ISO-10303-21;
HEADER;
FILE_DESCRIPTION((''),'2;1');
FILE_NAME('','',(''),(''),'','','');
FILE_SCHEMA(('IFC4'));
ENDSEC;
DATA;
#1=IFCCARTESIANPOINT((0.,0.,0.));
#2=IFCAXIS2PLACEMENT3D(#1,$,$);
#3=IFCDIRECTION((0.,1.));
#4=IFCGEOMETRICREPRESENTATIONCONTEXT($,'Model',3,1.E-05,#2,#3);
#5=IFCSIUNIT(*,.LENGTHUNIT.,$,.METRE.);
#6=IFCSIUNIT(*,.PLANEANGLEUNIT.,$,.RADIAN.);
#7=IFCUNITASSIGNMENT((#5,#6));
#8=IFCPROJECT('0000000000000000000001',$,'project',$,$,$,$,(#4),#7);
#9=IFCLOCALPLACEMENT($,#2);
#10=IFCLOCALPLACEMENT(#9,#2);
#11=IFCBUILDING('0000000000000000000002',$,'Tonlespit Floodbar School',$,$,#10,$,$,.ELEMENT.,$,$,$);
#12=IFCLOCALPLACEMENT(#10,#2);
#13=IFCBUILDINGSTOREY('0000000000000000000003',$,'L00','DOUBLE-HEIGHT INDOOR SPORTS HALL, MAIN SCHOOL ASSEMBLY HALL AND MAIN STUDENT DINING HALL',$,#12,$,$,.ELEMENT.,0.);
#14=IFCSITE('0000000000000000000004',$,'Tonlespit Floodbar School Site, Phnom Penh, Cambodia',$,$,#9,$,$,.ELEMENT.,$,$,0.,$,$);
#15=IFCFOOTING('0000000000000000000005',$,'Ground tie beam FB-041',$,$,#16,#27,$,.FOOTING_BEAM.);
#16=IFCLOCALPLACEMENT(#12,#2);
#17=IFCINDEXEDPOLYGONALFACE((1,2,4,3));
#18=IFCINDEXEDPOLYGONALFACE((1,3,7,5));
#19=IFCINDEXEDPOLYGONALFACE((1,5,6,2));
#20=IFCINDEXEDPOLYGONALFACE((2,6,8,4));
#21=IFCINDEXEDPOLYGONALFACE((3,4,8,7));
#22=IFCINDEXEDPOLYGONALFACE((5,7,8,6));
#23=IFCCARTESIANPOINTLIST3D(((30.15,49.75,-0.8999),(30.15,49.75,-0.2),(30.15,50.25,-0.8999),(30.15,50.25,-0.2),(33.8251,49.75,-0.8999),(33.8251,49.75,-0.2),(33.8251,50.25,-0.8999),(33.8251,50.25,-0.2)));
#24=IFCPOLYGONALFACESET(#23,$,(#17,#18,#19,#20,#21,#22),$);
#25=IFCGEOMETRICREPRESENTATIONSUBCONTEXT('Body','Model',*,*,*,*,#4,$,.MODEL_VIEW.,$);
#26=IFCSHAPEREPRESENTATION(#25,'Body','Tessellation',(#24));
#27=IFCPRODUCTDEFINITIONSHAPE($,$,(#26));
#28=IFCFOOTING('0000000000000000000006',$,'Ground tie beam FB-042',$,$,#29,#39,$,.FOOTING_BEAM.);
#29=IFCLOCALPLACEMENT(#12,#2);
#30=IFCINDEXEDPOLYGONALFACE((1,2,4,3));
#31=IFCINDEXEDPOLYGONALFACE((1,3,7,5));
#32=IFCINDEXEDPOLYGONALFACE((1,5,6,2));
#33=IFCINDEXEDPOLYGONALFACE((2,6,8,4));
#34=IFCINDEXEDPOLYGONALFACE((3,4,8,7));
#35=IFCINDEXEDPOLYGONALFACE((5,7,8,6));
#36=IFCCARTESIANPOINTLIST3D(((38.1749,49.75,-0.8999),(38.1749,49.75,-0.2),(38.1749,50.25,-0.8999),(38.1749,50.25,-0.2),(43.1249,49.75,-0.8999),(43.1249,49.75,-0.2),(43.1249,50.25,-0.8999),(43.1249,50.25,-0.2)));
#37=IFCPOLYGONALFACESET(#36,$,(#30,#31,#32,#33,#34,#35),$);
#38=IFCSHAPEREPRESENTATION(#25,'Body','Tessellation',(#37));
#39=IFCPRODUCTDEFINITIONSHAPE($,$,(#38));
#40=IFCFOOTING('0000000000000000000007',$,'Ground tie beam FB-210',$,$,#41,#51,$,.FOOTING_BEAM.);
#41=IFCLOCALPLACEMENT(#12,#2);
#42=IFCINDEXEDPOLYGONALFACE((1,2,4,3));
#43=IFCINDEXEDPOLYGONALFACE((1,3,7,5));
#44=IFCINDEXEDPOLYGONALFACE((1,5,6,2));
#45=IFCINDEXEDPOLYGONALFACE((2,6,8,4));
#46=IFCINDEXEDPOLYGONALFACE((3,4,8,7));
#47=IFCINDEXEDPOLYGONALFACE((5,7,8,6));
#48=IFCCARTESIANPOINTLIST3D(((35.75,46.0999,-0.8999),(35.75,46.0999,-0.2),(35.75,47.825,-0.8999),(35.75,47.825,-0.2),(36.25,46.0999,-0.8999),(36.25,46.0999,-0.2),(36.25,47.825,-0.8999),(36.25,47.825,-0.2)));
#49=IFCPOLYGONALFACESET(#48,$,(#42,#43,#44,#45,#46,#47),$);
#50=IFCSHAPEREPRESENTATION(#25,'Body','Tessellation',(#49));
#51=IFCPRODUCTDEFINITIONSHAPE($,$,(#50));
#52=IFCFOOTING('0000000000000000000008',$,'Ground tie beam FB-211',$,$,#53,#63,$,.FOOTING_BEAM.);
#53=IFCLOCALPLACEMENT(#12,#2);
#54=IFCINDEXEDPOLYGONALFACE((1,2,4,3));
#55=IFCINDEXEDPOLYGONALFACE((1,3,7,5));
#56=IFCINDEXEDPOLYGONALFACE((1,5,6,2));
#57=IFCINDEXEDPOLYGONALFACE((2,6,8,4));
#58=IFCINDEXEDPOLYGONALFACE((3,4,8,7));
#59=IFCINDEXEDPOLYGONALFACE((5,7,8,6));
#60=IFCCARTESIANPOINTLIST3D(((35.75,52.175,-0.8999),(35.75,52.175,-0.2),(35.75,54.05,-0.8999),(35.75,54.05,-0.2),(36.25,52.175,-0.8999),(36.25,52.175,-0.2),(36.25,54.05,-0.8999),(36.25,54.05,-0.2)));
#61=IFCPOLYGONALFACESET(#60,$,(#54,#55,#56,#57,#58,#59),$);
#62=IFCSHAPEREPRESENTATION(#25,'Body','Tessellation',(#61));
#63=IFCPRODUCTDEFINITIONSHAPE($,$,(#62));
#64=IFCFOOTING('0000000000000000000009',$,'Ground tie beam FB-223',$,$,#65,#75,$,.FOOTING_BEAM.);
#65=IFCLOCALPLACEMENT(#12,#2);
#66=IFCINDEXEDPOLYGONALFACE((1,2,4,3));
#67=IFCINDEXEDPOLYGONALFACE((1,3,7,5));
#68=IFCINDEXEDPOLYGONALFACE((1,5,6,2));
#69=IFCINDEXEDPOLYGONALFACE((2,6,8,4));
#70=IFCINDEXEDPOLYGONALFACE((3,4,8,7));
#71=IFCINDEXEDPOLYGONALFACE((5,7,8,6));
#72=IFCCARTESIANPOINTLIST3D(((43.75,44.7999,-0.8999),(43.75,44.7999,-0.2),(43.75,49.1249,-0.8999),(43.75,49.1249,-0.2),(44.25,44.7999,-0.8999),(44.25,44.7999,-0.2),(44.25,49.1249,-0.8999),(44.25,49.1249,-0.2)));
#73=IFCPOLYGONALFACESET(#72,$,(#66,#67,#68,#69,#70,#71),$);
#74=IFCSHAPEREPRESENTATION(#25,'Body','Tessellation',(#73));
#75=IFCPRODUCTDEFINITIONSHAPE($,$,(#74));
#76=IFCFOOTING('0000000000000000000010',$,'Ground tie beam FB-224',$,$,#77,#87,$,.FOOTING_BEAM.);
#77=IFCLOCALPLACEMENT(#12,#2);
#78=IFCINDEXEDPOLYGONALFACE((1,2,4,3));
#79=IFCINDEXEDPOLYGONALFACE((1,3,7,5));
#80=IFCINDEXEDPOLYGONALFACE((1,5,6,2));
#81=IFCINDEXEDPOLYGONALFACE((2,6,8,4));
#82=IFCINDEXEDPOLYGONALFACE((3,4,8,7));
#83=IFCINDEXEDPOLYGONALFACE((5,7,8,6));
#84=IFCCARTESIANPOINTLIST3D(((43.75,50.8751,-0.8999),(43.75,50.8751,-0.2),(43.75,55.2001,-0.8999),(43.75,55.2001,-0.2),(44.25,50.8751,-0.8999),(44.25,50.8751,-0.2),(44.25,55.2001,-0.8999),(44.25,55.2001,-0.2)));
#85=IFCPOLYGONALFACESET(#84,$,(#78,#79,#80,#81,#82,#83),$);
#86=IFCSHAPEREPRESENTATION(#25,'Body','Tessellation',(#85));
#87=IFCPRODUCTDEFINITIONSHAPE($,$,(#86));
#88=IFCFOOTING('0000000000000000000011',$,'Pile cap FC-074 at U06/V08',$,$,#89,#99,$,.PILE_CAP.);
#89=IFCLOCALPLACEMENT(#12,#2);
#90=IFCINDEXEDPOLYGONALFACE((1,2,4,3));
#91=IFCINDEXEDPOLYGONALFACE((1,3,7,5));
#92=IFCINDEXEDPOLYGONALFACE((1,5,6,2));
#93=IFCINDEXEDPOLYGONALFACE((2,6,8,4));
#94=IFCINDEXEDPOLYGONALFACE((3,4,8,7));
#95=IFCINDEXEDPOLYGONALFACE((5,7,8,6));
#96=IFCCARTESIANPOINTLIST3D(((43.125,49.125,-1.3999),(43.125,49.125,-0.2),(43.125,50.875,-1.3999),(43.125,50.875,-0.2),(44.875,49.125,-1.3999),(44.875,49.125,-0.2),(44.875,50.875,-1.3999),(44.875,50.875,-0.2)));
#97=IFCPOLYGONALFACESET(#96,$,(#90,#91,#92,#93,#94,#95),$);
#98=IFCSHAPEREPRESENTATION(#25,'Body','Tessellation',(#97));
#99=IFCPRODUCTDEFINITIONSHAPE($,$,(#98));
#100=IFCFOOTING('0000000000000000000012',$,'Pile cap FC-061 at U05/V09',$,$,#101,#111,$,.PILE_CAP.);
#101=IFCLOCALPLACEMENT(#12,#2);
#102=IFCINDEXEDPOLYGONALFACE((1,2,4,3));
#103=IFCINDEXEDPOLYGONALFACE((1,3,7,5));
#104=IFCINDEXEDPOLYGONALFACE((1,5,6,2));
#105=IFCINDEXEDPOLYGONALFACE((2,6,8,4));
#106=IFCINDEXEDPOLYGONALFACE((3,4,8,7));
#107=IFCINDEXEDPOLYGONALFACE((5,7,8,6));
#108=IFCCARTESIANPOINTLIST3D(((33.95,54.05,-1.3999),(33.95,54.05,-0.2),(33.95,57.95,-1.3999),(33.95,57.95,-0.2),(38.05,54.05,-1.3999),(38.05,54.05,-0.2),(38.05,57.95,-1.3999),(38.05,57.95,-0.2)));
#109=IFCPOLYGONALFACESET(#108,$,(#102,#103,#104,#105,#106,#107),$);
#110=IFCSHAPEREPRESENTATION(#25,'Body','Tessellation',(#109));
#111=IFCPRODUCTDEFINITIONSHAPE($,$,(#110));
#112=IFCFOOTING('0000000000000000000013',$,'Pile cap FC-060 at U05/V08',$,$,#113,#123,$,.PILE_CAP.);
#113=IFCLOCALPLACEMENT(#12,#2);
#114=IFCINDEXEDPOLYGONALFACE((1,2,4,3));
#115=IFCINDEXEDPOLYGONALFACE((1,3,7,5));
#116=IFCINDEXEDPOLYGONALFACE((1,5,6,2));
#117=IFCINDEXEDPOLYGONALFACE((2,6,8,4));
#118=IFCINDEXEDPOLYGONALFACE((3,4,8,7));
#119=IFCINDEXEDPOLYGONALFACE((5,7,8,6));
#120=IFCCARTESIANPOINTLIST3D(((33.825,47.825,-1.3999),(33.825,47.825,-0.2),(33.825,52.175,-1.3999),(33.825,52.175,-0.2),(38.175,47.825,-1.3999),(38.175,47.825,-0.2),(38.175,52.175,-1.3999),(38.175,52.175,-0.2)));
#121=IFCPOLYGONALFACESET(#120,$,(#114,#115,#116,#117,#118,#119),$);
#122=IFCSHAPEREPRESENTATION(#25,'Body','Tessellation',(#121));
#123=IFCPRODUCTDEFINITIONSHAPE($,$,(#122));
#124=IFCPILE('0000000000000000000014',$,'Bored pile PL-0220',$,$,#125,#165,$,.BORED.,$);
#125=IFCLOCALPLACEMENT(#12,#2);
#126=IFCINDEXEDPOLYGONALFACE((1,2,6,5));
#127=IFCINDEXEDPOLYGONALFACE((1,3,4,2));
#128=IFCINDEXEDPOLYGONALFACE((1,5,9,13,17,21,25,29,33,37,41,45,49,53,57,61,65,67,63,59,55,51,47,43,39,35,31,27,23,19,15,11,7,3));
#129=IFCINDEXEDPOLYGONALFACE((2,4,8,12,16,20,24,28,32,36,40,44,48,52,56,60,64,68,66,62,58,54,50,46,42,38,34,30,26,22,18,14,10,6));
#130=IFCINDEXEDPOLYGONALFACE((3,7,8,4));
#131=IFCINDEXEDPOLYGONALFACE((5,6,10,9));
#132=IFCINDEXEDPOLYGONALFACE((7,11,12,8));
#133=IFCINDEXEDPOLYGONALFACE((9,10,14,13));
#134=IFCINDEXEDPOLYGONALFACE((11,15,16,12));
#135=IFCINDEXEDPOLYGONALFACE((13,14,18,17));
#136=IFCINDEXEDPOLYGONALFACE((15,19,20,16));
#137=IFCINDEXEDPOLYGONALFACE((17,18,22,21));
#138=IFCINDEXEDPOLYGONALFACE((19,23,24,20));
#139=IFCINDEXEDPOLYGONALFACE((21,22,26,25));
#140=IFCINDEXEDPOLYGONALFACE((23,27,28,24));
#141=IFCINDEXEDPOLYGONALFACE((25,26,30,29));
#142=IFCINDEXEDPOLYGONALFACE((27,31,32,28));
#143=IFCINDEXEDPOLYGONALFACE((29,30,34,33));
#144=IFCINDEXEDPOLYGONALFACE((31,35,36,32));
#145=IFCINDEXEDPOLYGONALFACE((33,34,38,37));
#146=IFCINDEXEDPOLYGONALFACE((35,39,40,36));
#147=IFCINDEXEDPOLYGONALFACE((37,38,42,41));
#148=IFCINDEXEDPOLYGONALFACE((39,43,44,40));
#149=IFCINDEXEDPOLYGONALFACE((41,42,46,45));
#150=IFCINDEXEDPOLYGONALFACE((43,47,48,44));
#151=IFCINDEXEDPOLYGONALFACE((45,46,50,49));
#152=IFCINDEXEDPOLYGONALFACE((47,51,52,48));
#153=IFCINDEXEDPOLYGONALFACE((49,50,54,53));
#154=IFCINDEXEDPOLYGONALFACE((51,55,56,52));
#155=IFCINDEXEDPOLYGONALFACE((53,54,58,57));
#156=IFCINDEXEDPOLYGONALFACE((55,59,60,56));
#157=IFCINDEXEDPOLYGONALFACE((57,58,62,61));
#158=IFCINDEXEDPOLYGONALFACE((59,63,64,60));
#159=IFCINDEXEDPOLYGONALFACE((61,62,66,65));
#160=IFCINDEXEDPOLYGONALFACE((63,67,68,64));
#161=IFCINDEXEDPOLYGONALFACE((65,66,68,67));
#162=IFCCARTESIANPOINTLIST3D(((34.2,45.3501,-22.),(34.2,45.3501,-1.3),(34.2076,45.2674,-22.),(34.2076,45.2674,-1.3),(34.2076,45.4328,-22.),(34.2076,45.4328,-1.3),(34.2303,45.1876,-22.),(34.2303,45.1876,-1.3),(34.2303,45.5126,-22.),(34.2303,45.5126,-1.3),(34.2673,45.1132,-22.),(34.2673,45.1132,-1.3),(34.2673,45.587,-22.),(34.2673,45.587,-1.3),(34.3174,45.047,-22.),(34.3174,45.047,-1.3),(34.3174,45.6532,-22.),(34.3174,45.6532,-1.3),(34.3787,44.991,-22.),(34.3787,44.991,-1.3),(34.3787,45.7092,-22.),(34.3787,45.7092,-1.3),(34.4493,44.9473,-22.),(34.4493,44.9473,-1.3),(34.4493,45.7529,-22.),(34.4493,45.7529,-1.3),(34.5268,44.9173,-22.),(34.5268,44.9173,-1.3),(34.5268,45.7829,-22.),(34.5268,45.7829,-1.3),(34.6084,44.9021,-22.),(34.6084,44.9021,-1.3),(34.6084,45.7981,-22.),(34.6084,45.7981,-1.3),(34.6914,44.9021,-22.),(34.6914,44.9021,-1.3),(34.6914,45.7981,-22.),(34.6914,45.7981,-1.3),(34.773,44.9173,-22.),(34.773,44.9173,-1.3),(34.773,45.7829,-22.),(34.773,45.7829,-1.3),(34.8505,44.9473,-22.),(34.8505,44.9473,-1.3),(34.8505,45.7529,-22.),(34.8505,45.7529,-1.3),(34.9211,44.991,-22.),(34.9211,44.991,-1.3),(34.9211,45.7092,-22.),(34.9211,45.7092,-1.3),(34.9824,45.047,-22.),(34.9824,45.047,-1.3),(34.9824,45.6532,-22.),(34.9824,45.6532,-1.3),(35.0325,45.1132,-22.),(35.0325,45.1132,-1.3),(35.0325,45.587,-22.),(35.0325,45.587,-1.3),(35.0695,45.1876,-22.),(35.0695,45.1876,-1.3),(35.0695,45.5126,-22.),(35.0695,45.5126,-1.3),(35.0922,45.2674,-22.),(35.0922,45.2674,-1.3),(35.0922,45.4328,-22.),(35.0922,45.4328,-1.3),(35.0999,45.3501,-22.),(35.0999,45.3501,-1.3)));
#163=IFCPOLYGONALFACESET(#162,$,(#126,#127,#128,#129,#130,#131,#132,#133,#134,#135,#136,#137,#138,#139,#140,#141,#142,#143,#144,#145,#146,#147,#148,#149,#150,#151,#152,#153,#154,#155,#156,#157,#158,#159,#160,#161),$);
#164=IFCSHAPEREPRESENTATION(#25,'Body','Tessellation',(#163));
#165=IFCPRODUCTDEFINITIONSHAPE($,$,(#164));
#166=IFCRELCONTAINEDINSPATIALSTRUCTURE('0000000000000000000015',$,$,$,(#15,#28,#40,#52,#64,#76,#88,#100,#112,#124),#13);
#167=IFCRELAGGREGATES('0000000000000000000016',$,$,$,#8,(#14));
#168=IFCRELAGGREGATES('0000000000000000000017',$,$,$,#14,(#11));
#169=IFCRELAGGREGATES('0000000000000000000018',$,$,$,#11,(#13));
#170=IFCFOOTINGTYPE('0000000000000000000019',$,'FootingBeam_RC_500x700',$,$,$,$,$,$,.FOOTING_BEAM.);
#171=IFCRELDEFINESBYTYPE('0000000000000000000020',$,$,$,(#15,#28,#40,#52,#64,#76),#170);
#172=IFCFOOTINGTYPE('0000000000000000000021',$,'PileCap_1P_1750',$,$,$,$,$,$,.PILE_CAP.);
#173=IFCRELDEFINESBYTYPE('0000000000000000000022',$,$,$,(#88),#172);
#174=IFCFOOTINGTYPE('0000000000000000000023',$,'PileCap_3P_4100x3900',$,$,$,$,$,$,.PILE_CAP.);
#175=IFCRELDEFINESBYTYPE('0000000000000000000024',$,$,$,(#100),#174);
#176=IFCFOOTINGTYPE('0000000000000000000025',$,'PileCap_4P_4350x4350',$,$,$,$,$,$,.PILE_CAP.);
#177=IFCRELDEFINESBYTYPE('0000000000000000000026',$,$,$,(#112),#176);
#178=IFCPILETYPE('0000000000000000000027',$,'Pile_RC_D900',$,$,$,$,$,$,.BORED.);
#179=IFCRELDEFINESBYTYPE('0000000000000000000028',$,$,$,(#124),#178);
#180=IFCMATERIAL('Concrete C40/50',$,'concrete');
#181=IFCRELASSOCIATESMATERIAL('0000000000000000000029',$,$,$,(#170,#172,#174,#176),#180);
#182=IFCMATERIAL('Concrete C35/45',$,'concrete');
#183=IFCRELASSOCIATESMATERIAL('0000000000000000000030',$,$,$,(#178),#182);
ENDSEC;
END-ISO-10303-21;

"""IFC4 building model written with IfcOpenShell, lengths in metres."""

from ifc_helpers import new_model, si_unit, direction, frame, origin, origin_2d, place, context, subcontext, project, spatial, rectangle, circle, extrude, material, material_profile, profile_set, type_object, element, save


model = new_model("IFC4")

# Units and contexts
model_context = context("Model", 3, precision=1e-05, world=origin(), true_north=direction((0.0, 1.0)))
body_context = subcontext(model_context, "Body", "Model", "MODEL_VIEW")
ifc_project = project(units=[si_unit("LENGTHUNIT", "METRE"), si_unit("PLANEANGLEUNIT", "RADIAN")], contexts=[model_context])

# Site, building, storey
site_placement = place(None, origin())
site = spatial("IfcSite", under=ifc_project, at=site_placement, Name="Tonlespit Floodbar School Site, Phnom Penh, Cambodia", CompositionType="ELEMENT", RefElevation=0.0)
building_placement = place(site_placement, origin())
building = spatial("IfcBuilding", under=site, at=building_placement, Name="Tonlespit Floodbar School", CompositionType="ELEMENT")
storey_placement = place(building_placement, origin())
storey = spatial("IfcBuildingStorey", under=building, at=storey_placement, Name="L00", Description="DOUBLE-HEIGHT INDOOR SPORTS HALL, MAIN SCHOOL ASSEMBLY HALL AND MAIN STUDENT DINING HALL", CompositionType="ELEMENT", Elevation=0.0)

# Footings
ifc_material_1 = material(Name="Concrete C40/50", Category="concrete")
footing_type_1 = type_object("IfcFootingType", Name="FootingBeam_RC_500x700", PredefinedType="FOOTING_BEAM", material=ifc_material_1)
footing_1_placement = place(storey_placement, frame((31.9875, 50.0, -0.8999), z_axis=(0.0, 0.0, 1.0), x_axis=(1.0, 0.0, 0.0)))
element("IfcFooting", 1, at=footing_1_placement, inside=storey, type_object=footing_type_1, Name="Ground tie beam FB-041", PredefinedType="FOOTING_BEAM", context=body_context, shape_type="SweptSolid", body=[
    extrude(rectangle(XDim=3.675, YDim=0.5, at=origin_2d()), origin(), (0.0, 0.0, 1.0), 0.7),
])
footing_2_placement = place(storey_placement, frame((40.6499, 50.0, -0.8999), z_axis=(0.0, 0.0, 1.0), x_axis=(1.0, 0.0, 0.0)))
element("IfcFooting", 2, at=footing_2_placement, inside=storey, type_object=footing_type_1, Name="Ground tie beam FB-042", PredefinedType="FOOTING_BEAM", context=body_context, shape_type="SweptSolid", body=[
    extrude(rectangle(XDim=4.95, YDim=0.5, at=origin_2d()), origin(), (0.0, 0.0, 1.0), 0.7),
])
footing_3_placement = place(storey_placement, frame((36.0, 46.9624, -0.8999), z_axis=(0.0, 0.0, 1.0), x_axis=(0.0, 1.0, 0.0)))
element("IfcFooting", 3, at=footing_3_placement, inside=storey, type_object=footing_type_1, Name="Ground tie beam FB-210", PredefinedType="FOOTING_BEAM", context=body_context, shape_type="SweptSolid", body=[
    extrude(rectangle(XDim=1.7251, YDim=0.5, at=origin_2d()), origin(), (0.0, 0.0, 1.0), 0.7),
])
footing_4_placement = place(storey_placement, frame((36.0, 53.1125, -0.8999), z_axis=(0.0, 0.0, 1.0), x_axis=(0.0, 1.0, 0.0)))
element("IfcFooting", 4, at=footing_4_placement, inside=storey, type_object=footing_type_1, Name="Ground tie beam FB-211", PredefinedType="FOOTING_BEAM", context=body_context, shape_type="SweptSolid", body=[
    extrude(rectangle(XDim=1.875, YDim=0.5, at=origin_2d()), origin(), (0.0, 0.0, 1.0), 0.7),
])
for number, where, z_axis, x_axis, name in (
    (5, (44.0, 46.9624, -0.8999), (0.0, 0.0, 1.0), (0.0, 1.0, 0.0), "Ground tie beam FB-223"),
    (6, (44.0, 53.0376, -0.8999), (0.0, 0.0, 1.0), (0.0, 1.0, 0.0), "Ground tie beam FB-224"),
):
    element("IfcFooting", number, at=place(storey_placement, frame(where, z_axis=z_axis, x_axis=x_axis)), inside=storey, type_object=footing_type_1, Name=name, PredefinedType="FOOTING_BEAM", context=body_context, shape_type="SweptSolid", body=[
        extrude(rectangle(XDim=4.325, YDim=0.5, at=origin_2d()), origin(), (0.0, 0.0, 1.0), 0.7),
    ])
footing_type_2 = type_object("IfcFootingType", Name="PileCap_1P_1750", PredefinedType="PILE_CAP", material=ifc_material_1)
footing_5_placement = place(storey_placement, frame((44.0, 50.0, -1.3999), z_axis=(0.0, 0.0, 1.0), x_axis=(1.0, 0.0, 0.0)))
element("IfcFooting", 7, at=footing_5_placement, inside=storey, type_object=footing_type_2, Name="Pile cap FC-074 at U06/V08", PredefinedType="PILE_CAP", context=body_context, shape_type="SweptSolid", body=[
    extrude(rectangle(XDim=1.75, YDim=1.75, at=origin_2d()), origin(), (0.0, 0.0, 1.0), 1.2),
])
footing_type_3 = type_object("IfcFootingType", Name="PileCap_3P_4100x3900", PredefinedType="PILE_CAP", material=ifc_material_1)
footing_6_placement = place(storey_placement, frame((36.0, 56.0, -1.3999), z_axis=(0.0, 0.0, 1.0), x_axis=(1.0, 0.0, 0.0)))
element("IfcFooting", 8, at=footing_6_placement, inside=storey, type_object=footing_type_3, Name="Pile cap FC-061 at U05/V09", PredefinedType="PILE_CAP", context=body_context, shape_type="SweptSolid", body=[
    extrude(rectangle(XDim=4.1001, YDim=3.8999, at=origin_2d()), origin(), (0.0, 0.0, 1.0), 1.2),
])
footing_type_4 = type_object("IfcFootingType", Name="PileCap_4P_4350x4350", PredefinedType="PILE_CAP", material=ifc_material_1)
footing_7_placement = place(storey_placement, frame((36.0, 50.0, -1.3999), z_axis=(0.0, 0.0, 1.0), x_axis=(1.0, 0.0, 0.0)))
element("IfcFooting", 9, at=footing_7_placement, inside=storey, type_object=footing_type_4, Name="Pile cap FC-060 at U05/V08", PredefinedType="PILE_CAP", context=body_context, shape_type="SweptSolid", body=[
    extrude(rectangle(XDim=4.3501, YDim=4.3501, at=origin_2d()), origin(), (0.0, 0.0, 1.0), 1.2),
])

# Pile
ifc_material_2 = material(Name="Concrete C35/45", Category="concrete")
ifc_material_profile_1 = material_profile(ifc_material_2, circle(Radius=0.45, at=origin_2d()), Name="BP D900")
ifc_profile_set_1 = profile_set([ifc_material_profile_1], Name="Concrete C35/45")
pile_type = type_object("IfcPileType", Name="Pile_RC_D900", PredefinedType="BORED", material=ifc_profile_set_1)
for number, where, z_axis, x_axis, name in (
    (10, (34.6499, 45.3501, -1.3), (0.0, 0.0, -1.0), (1.0, 0.0, 0.0), "Bored pile PL-0220"),
):
    element("IfcPile", number, at=place(storey_placement, frame(where, z_axis=z_axis, x_axis=x_axis)), inside=storey, type_object=pile_type, Name=name, PredefinedType="BORED", context=body_context, shape_type="SweptSolid", body=[
        extrude(circle(Radius=0.45, at=origin_2d()), origin(), (0.0, 0.0, 1.0), 20.7),
    ])

save(model, "model.ifc")
